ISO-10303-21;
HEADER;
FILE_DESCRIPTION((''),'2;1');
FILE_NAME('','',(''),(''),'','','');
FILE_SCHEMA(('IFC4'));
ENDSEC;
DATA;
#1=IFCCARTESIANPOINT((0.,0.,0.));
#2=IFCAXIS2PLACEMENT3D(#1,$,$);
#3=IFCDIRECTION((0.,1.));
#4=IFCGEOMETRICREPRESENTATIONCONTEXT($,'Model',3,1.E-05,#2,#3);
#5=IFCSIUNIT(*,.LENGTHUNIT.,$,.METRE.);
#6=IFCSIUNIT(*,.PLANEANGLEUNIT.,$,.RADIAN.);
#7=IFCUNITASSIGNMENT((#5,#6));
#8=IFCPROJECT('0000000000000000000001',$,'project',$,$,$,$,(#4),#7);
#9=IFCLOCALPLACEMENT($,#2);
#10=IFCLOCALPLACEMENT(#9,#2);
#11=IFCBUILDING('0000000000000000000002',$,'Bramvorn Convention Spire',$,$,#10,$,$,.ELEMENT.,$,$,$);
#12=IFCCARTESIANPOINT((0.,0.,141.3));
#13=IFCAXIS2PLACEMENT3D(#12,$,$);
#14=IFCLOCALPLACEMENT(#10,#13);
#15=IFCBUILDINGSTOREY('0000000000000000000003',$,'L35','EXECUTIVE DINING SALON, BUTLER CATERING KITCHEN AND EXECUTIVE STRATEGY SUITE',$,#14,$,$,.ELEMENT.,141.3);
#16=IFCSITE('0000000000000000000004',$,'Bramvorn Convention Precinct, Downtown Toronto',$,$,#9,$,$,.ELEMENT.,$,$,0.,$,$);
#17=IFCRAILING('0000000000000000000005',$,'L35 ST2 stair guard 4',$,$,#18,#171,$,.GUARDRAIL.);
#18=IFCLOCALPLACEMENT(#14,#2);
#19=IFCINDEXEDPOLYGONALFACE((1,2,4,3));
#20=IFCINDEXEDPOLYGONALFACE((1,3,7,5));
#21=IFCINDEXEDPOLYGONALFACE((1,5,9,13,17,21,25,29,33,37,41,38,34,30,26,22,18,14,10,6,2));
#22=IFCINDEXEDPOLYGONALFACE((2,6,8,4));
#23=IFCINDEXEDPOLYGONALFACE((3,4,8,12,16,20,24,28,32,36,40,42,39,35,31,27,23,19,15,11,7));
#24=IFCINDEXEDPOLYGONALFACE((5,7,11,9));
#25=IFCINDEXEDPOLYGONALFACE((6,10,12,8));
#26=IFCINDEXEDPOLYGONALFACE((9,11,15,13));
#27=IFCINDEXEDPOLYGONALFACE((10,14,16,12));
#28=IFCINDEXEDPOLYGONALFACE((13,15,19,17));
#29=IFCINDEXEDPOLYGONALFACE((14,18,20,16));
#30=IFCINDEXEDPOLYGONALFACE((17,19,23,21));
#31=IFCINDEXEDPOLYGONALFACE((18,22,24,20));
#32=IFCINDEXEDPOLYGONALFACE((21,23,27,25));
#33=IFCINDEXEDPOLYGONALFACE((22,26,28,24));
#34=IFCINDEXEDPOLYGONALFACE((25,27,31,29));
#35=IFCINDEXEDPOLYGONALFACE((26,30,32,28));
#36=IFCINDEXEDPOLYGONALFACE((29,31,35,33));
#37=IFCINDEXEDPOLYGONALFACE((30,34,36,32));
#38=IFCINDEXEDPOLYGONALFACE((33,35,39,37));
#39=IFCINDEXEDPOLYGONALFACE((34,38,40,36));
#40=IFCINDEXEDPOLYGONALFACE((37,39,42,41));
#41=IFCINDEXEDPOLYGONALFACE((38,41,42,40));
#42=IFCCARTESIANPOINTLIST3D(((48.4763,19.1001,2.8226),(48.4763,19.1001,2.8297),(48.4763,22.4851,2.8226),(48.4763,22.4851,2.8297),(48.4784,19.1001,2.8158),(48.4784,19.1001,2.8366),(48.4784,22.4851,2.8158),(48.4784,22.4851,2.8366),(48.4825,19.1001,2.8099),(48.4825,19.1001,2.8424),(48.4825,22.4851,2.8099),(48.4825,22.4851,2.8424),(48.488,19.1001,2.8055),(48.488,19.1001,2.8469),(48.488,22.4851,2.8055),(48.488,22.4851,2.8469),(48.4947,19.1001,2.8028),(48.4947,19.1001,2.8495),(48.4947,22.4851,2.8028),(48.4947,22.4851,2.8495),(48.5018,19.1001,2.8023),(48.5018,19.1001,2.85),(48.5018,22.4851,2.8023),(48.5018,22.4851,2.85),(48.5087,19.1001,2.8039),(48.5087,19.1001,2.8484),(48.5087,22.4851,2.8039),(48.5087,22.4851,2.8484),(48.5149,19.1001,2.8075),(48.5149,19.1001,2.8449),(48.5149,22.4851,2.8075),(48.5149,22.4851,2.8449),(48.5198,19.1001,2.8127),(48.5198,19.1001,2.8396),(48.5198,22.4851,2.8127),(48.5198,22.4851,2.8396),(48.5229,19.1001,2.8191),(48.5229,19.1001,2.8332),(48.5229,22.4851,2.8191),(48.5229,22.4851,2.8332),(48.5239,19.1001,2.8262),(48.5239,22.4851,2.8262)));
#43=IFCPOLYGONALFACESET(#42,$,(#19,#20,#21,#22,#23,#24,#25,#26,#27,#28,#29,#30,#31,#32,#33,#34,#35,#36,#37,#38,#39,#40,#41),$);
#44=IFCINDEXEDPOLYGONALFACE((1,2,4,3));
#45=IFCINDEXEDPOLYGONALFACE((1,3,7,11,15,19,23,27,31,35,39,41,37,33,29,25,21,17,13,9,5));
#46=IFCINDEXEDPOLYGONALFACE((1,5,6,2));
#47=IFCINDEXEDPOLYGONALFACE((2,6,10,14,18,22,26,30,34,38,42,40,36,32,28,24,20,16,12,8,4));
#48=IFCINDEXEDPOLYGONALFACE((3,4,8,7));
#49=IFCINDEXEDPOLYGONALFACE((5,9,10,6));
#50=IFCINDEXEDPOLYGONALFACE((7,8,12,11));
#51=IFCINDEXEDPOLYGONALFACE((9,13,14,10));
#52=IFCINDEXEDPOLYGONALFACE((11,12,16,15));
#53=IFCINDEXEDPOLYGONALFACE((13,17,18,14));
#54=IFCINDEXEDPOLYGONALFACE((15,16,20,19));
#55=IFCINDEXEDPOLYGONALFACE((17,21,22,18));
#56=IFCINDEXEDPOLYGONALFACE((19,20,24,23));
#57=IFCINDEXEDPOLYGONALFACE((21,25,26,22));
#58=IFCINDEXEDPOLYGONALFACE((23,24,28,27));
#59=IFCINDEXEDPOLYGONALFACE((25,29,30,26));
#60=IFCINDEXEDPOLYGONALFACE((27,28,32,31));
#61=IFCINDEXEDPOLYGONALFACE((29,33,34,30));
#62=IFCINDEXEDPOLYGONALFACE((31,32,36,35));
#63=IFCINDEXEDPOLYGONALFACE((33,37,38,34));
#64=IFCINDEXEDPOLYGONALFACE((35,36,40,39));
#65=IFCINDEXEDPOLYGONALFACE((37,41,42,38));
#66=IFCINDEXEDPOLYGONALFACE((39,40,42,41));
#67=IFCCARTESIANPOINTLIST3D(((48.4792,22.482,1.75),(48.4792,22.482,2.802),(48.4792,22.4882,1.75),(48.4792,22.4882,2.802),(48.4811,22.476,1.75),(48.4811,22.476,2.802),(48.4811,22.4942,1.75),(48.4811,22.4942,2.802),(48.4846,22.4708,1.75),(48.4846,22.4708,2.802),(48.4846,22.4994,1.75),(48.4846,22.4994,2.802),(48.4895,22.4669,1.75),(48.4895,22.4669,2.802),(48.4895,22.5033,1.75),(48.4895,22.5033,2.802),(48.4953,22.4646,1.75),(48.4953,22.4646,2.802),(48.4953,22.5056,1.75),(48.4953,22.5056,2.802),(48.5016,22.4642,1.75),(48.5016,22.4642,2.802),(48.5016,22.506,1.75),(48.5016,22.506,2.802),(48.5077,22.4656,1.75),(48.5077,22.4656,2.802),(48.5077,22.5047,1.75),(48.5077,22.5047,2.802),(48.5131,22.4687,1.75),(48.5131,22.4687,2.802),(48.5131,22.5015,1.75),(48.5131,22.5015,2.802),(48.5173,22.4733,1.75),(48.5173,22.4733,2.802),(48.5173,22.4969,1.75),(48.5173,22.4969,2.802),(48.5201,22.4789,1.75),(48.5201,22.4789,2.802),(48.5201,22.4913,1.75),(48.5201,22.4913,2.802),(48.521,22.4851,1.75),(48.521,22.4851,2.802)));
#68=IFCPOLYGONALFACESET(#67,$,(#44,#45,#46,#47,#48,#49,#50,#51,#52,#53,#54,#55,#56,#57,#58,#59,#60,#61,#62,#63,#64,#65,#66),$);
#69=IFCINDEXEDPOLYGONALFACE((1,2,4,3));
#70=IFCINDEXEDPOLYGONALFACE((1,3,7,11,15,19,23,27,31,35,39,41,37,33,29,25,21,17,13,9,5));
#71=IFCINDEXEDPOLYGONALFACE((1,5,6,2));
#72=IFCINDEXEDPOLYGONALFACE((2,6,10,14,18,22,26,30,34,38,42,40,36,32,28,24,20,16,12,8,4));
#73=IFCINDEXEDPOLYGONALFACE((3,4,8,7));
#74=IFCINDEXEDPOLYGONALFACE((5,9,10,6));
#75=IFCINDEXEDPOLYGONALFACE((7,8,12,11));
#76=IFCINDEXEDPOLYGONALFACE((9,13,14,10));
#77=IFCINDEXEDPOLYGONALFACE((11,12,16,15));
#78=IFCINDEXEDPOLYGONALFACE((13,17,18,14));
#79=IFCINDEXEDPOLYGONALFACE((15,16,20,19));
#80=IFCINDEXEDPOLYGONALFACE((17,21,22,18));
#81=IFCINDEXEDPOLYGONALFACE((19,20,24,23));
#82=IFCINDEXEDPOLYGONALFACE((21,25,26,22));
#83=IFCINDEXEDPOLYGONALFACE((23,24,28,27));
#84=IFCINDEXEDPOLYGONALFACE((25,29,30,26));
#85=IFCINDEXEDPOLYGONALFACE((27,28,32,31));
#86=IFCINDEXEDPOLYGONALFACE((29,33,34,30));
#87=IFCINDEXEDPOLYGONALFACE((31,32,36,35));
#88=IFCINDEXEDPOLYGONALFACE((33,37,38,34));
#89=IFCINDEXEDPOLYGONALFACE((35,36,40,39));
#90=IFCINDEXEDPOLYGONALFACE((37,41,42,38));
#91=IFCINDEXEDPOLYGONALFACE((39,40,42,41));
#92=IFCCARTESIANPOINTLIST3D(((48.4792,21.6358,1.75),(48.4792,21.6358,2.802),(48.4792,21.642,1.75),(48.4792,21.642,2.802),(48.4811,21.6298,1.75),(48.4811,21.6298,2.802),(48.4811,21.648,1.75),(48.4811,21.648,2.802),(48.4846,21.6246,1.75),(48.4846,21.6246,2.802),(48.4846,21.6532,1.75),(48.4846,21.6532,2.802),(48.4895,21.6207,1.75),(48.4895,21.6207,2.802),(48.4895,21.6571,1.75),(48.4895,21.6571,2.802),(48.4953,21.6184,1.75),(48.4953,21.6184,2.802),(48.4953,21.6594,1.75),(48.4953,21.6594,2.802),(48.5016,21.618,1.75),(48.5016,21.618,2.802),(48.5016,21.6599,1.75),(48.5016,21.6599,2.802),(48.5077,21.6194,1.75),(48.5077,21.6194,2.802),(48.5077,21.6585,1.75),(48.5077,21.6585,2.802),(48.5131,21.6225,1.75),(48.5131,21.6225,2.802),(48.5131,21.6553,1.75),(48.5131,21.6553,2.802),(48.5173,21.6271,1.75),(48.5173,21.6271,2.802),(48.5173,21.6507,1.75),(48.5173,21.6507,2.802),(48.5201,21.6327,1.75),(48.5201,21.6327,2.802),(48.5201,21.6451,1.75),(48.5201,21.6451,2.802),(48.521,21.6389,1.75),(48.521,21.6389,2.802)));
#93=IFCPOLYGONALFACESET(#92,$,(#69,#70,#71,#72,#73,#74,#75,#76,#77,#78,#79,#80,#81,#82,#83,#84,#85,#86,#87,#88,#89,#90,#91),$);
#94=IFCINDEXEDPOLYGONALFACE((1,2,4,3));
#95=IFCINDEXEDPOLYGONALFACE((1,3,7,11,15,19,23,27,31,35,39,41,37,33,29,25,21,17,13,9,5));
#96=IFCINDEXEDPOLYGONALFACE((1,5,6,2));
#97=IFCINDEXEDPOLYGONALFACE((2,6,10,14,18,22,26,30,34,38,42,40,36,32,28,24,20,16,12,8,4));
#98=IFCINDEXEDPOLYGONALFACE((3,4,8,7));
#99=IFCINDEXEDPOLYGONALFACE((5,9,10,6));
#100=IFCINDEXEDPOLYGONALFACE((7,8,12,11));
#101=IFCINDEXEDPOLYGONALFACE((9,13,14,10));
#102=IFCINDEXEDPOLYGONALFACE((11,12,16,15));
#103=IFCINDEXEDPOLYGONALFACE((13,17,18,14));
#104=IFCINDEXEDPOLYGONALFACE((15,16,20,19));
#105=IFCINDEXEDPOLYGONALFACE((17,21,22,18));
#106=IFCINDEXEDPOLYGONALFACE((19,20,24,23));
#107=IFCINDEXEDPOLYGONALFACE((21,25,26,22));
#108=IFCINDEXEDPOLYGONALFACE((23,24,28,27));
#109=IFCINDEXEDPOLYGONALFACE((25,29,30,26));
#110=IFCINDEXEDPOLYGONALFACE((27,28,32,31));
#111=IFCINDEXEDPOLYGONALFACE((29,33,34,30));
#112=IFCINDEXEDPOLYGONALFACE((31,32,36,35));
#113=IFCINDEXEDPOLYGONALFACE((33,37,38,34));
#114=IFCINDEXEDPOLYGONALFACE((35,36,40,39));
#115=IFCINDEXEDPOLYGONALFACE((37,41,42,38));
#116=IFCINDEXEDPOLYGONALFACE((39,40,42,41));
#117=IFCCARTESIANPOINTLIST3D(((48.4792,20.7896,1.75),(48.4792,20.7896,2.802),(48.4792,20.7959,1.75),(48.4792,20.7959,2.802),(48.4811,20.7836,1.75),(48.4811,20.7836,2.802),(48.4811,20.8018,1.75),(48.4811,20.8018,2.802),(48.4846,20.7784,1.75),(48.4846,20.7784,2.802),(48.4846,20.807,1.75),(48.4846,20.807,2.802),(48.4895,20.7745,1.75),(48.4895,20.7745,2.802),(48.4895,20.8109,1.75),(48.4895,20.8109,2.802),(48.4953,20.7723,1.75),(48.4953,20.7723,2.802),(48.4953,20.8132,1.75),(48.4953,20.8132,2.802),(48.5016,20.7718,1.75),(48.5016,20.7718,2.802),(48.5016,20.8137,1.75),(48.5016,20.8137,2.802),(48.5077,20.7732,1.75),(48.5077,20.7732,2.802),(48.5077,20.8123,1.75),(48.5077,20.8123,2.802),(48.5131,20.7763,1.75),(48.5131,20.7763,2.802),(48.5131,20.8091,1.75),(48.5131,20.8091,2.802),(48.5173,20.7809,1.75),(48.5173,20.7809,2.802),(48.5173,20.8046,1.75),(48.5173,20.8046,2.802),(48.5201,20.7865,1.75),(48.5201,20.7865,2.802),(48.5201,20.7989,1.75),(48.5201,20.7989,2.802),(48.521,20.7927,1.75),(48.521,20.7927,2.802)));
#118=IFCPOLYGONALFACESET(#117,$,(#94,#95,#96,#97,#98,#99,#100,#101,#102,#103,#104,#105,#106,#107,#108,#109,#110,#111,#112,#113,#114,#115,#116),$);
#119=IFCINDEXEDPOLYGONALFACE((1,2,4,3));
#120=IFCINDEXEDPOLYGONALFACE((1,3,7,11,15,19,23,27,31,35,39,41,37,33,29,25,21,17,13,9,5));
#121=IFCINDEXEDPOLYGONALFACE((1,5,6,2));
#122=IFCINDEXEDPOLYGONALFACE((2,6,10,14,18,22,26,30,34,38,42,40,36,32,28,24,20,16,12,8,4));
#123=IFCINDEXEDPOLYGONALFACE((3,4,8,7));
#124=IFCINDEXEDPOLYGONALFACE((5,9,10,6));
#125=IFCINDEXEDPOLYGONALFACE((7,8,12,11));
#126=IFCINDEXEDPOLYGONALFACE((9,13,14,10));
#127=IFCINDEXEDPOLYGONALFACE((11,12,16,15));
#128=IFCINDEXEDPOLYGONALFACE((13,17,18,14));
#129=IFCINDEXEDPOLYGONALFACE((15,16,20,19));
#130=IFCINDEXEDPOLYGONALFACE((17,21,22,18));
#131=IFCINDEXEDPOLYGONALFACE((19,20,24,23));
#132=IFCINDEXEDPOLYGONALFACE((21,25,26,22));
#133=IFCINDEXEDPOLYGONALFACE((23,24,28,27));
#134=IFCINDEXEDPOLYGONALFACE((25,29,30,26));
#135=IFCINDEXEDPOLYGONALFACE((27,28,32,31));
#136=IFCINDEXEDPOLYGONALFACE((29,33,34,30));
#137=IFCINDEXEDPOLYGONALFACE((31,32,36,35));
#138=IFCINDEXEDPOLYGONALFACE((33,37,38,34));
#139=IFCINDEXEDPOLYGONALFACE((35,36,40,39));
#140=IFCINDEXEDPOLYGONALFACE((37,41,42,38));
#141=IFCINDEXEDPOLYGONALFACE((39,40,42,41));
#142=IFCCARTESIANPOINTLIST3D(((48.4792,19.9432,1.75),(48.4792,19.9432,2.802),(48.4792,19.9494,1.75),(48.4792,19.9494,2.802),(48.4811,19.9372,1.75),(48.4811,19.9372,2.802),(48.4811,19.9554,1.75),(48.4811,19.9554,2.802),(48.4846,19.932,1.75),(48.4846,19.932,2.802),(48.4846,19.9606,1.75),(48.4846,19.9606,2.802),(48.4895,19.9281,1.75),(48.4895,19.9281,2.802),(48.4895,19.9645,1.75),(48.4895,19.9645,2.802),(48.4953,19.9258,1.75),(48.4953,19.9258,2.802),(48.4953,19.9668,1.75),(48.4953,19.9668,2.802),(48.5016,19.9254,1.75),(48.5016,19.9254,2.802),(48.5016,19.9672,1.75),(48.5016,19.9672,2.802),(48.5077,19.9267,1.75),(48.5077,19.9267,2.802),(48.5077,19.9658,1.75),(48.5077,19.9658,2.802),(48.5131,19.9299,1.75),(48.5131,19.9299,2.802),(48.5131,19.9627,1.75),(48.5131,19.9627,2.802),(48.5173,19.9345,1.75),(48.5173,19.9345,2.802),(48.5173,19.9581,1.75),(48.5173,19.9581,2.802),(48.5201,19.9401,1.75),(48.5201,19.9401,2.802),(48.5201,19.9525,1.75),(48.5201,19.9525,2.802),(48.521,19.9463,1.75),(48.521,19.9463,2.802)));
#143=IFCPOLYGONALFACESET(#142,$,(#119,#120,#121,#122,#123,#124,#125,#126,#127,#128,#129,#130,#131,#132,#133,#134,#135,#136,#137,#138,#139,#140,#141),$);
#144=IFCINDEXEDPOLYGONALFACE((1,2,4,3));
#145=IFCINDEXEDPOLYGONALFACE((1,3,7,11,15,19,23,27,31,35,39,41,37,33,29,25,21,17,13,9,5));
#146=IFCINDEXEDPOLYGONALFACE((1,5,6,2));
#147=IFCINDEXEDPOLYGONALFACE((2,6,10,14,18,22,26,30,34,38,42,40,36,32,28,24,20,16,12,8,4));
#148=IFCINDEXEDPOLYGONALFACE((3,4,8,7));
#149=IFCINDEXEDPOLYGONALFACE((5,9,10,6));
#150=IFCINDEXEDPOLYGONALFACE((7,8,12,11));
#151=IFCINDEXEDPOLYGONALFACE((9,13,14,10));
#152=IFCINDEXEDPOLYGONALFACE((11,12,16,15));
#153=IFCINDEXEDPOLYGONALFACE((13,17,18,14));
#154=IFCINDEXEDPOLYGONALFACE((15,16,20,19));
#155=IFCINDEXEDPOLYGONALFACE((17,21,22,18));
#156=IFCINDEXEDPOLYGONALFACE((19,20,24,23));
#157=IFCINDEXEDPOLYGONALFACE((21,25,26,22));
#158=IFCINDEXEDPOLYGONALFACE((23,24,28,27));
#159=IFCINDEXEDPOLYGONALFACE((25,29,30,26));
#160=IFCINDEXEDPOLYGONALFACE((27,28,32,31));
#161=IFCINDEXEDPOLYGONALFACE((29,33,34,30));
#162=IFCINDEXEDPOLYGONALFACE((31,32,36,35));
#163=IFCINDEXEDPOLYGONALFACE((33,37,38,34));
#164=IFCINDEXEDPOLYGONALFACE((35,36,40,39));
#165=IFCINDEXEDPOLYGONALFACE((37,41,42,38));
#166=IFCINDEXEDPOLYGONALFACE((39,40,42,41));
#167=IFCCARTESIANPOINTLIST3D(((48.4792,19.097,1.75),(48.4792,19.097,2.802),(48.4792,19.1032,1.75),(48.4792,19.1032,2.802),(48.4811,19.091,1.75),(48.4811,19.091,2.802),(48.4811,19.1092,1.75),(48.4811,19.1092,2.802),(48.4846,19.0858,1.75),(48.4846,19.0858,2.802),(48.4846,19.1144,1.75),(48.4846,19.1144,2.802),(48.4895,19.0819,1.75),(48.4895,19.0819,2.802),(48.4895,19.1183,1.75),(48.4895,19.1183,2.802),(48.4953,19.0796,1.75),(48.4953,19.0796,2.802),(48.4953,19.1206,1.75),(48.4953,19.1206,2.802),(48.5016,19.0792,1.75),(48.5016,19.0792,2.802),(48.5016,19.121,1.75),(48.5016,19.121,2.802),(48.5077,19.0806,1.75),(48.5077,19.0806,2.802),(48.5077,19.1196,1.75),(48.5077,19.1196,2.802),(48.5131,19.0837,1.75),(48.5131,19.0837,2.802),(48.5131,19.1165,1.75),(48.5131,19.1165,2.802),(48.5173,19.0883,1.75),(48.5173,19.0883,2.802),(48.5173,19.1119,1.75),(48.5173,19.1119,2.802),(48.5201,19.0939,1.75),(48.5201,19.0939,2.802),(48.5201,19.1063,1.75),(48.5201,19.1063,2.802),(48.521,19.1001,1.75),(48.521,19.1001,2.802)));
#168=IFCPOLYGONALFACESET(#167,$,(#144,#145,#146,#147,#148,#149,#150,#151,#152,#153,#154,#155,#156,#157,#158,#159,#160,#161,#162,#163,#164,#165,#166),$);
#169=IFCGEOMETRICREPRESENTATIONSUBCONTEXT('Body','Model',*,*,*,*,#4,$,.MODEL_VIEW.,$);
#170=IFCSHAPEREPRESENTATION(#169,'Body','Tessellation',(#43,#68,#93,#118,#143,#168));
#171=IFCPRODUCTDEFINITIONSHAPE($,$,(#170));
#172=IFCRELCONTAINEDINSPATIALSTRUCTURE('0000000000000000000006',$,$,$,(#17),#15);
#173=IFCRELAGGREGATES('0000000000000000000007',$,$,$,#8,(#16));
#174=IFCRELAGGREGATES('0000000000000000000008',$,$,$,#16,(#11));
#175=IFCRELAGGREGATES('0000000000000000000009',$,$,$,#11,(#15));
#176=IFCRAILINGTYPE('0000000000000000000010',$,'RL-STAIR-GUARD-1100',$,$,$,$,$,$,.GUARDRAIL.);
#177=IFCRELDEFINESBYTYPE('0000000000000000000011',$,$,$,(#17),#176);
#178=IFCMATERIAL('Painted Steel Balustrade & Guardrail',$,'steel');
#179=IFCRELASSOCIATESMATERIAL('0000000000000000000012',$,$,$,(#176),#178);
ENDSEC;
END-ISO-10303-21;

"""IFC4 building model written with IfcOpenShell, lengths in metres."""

from ifc_helpers import new_model, si_unit, direction, frame, origin, origin_2d, place, context, subcontext, project, spatial, circle, extrude, material, type_object, element, save


model = new_model("IFC4")

# Units and contexts
model_context = context("Model", 3, precision=1e-05, world=origin(), true_north=direction((0.0, 1.0)))
body_context = subcontext(model_context, "Body", "Model", "MODEL_VIEW")
ifc_project = project(units=[si_unit("LENGTHUNIT", "METRE"), si_unit("PLANEANGLEUNIT", "RADIAN")], contexts=[model_context])

# Site, building, storey
site_placement = place(None, origin())
site = spatial("IfcSite", under=ifc_project, at=site_placement, Name="Bramvorn Convention Precinct, Downtown Toronto", CompositionType="ELEMENT", RefElevation=0.0)
building_placement = place(site_placement, origin())
building = spatial("IfcBuilding", under=site, at=building_placement, Name="Bramvorn Convention Spire", CompositionType="ELEMENT")
storey_placement = place(building_placement, frame((0.0, 0.0, 141.3)))
storey = spatial("IfcBuildingStorey", under=building, at=storey_placement, Name="L35", Description="EXECUTIVE DINING SALON, BUTLER CATERING KITCHEN AND EXECUTIVE STRATEGY SUITE", CompositionType="ELEMENT", Elevation=141.3)

# Railing
ifc_material_1 = material(Name="Painted Steel Balustrade & Guardrail", Category="steel")
railing_type_1 = type_object("IfcRailingType", Name="RL-STAIR-GUARD-1100", PredefinedType="GUARDRAIL", material=ifc_material_1)
for number, where, name in (
    (1, (48.5, 22.4851, 1.75), "L35 ST2 stair guard 4"),
):
    element("IfcRailing", number, at=place(storey_placement, frame(where)), inside=storey, type_object=railing_type_1, Name=name, PredefinedType="GUARDRAIL", context=body_context, shape_type="SweptSolid", body=[
        extrude(circle(Radius=0.0239, at=origin_2d()), frame((0.0, 0.0, 1.0762), z_axis=(0.0, -1.0, 0.0), x_axis=(1.0, 0.0, 0.0)), (0.0, 0.0, 1.0), 3.385),
        extrude(circle(Radius=0.021, at=origin_2d()), origin(), (0.0, 0.0, 1.0), 1.052),
        extrude(circle(Radius=0.021, at=origin_2d()), frame((0.0, -0.8462, 0.0)), (0.0, 0.0, 1.0), 1.052),
        extrude(circle(Radius=0.021, at=origin_2d()), frame((0.0, -1.6924, 0.0)), (0.0, 0.0, 1.0), 1.052),
        extrude(circle(Radius=0.021, at=origin_2d()), frame((0.0, -2.5388, 0.0)), (0.0, 0.0, 1.0), 1.052),
        extrude(circle(Radius=0.021, at=origin_2d()), frame((0.0, -3.385, 0.0)), (0.0, 0.0, 1.0), 1.052),
    ])

save(model, "model.ifc")
